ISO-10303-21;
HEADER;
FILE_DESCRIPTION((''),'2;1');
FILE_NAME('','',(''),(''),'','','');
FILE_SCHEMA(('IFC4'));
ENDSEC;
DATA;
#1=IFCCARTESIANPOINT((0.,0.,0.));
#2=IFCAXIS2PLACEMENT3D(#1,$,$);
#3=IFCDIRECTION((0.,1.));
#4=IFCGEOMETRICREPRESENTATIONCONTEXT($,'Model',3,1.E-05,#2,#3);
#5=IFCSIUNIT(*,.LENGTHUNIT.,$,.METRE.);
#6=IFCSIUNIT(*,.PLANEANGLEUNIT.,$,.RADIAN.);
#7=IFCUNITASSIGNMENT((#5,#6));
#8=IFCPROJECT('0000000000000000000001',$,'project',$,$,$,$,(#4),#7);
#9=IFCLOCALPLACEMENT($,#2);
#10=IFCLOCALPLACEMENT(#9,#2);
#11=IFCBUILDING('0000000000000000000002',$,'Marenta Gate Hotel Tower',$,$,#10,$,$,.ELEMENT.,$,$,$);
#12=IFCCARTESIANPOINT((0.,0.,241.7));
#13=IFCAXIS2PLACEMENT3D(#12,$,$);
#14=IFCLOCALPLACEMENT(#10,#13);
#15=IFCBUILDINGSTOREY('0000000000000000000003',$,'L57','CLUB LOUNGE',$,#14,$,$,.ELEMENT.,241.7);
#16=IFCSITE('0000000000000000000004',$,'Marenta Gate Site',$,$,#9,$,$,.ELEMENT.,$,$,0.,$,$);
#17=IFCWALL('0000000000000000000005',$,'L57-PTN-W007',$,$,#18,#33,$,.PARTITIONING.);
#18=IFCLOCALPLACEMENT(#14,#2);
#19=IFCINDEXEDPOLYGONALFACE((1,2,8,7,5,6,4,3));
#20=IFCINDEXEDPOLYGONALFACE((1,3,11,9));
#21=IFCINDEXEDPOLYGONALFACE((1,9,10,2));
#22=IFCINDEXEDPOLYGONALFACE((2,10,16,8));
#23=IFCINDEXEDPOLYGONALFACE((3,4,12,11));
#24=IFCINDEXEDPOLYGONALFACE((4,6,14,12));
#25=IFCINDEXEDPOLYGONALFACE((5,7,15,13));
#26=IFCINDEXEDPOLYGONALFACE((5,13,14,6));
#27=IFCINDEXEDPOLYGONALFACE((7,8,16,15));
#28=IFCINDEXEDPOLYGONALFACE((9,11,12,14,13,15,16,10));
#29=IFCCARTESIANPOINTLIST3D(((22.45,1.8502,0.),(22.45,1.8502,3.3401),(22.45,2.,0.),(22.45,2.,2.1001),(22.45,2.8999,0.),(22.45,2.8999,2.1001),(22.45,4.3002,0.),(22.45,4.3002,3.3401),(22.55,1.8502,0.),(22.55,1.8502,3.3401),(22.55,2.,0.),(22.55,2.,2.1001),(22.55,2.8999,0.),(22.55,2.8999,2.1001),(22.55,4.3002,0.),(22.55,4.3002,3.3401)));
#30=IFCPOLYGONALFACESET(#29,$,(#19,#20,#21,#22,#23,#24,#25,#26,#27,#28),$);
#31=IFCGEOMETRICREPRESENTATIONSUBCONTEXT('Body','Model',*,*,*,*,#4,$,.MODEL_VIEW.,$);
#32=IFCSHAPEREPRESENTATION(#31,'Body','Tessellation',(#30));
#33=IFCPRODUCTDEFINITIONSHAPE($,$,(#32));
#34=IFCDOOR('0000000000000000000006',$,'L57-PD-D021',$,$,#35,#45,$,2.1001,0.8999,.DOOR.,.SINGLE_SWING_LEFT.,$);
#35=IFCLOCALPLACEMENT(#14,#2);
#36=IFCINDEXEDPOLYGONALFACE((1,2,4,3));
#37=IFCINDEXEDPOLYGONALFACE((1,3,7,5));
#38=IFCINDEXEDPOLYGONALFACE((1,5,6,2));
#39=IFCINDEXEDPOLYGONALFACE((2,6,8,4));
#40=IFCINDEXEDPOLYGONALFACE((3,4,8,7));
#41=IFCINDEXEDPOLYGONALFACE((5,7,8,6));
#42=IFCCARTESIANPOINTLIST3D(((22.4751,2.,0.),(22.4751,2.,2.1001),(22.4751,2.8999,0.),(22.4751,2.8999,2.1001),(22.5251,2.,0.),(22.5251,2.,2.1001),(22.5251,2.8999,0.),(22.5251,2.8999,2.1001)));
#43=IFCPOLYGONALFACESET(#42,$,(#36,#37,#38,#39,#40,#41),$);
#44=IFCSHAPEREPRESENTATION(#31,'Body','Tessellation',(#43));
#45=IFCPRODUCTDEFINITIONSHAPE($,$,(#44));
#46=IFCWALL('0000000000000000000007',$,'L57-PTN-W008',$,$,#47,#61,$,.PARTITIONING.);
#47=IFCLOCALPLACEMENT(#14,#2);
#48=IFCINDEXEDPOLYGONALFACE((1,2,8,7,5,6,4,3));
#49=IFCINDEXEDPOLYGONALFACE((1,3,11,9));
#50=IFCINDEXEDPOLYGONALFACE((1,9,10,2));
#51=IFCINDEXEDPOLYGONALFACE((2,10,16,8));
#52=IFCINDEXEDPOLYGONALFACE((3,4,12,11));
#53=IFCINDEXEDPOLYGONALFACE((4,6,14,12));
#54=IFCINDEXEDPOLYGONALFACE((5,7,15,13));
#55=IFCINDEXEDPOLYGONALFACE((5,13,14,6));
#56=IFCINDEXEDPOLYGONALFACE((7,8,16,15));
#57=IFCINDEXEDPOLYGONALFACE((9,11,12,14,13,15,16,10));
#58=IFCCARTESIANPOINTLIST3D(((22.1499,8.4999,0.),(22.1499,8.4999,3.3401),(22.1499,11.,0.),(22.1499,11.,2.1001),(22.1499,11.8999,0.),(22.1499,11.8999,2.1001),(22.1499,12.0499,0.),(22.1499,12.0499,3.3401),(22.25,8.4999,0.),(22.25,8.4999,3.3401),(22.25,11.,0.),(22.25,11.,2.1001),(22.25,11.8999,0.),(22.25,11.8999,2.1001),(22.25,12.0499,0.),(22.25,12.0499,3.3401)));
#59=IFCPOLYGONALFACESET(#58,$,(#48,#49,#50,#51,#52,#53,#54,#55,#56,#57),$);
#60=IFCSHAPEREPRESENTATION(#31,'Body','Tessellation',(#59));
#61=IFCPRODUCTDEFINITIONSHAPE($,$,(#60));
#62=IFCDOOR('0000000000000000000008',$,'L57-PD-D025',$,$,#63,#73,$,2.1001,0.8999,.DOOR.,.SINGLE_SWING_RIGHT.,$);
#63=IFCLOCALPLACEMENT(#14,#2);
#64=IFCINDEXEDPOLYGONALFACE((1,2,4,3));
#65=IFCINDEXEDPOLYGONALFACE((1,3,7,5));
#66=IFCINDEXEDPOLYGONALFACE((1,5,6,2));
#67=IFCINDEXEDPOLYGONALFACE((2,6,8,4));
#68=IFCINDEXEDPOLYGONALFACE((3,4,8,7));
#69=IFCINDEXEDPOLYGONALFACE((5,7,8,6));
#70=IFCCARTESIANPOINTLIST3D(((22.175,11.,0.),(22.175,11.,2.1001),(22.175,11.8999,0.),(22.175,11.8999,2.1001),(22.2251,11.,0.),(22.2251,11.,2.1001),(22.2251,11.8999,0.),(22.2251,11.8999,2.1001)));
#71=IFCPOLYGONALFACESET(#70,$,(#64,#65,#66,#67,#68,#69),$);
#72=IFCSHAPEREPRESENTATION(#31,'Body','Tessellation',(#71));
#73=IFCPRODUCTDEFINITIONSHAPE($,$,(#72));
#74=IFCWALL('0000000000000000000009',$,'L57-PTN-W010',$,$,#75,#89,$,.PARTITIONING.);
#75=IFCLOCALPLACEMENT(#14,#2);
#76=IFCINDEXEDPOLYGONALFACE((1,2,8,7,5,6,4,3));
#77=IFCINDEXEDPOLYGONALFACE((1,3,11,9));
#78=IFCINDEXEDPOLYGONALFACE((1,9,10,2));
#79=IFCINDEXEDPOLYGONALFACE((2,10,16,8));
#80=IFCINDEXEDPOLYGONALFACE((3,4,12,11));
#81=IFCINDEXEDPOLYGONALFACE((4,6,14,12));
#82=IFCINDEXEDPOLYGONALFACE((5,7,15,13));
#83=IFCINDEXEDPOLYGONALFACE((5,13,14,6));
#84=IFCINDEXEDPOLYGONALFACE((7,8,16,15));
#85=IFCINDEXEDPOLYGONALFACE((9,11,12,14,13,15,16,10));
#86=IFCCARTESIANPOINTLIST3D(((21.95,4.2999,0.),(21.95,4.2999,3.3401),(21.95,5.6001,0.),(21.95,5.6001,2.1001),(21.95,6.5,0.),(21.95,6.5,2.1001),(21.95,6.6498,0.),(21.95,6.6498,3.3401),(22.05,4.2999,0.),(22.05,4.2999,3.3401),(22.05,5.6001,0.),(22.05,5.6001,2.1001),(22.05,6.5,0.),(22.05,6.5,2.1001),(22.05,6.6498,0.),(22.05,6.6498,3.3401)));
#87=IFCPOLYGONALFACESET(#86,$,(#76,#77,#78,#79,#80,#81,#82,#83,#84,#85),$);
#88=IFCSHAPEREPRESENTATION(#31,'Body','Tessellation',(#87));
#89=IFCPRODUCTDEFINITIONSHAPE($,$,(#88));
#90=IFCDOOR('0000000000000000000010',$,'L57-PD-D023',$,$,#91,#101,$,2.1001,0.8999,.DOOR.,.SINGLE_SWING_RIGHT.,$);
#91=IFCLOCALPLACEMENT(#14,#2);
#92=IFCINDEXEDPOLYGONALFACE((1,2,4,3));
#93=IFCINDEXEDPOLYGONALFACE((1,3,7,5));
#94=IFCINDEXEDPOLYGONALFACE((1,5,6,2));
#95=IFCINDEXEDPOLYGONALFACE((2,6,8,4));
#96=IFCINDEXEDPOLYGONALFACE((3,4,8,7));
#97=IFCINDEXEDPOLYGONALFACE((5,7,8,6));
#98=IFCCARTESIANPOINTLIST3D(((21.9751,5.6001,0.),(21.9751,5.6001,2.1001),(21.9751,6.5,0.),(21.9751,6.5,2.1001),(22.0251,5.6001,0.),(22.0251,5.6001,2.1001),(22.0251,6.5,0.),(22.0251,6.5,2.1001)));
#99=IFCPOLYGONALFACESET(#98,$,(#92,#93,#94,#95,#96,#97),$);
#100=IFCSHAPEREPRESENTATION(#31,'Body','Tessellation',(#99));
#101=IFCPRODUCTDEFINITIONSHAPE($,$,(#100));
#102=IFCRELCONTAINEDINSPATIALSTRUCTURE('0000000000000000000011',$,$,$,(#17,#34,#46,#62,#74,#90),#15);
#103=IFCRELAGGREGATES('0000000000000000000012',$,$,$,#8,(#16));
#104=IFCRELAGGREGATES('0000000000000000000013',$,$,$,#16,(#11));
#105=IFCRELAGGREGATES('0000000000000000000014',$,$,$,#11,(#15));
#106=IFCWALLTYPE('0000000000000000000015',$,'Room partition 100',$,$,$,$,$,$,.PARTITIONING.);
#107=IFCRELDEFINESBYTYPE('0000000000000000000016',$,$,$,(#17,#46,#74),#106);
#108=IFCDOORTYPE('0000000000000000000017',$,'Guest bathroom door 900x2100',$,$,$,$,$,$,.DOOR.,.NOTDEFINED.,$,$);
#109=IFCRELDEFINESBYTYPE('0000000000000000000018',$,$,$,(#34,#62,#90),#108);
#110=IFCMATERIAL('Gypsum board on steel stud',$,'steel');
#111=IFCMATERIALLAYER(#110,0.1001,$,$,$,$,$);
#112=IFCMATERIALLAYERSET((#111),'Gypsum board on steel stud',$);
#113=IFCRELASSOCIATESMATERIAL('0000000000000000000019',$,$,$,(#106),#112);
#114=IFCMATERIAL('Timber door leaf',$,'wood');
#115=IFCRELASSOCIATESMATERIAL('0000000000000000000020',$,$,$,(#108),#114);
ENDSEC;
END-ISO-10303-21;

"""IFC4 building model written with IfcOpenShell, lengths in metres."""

from ifc_helpers import new_model, si_unit, direction, frame, frame_2d, origin, place, context, subcontext, project, spatial, rectangle, extrude, material, layer, layer_set, type_object, element, fill, save


model = new_model("IFC4")

# Units and contexts
model_context = context("Model", 3, precision=1e-05, world=origin(), true_north=direction((0.0, 1.0)))
body_context = subcontext(model_context, "Body", "Model", "MODEL_VIEW")
ifc_project = project(units=[si_unit("LENGTHUNIT", "METRE"), si_unit("PLANEANGLEUNIT", "RADIAN")], contexts=[model_context])

# Site, building, storey
site_placement = place(None, origin())
site = spatial("IfcSite", under=ifc_project, at=site_placement, Name="Marenta Gate Site", CompositionType="ELEMENT", RefElevation=0.0)
building_placement = place(site_placement, origin())
building = spatial("IfcBuilding", under=site, at=building_placement, Name="Marenta Gate Hotel Tower", CompositionType="ELEMENT")
storey_placement = place(building_placement, frame((0.0, 0.0, 241.7)))
storey = spatial("IfcBuildingStorey", under=building, at=storey_placement, Name="L57", Description="CLUB LOUNGE", CompositionType="ELEMENT", Elevation=241.7)

# Walls, openings, doors
ifc_material_1 = material(Name="Gypsum board on steel stud", Category="steel")
ifc_layer_1 = layer(ifc_material_1, 0.1001)
ifc_layer_set_1 = layer_set([ifc_layer_1], Name="Gypsum board on steel stud")
wall_type = type_object("IfcWallType", Name="Room partition 100", PredefinedType="PARTITIONING", material=ifc_layer_set_1)
wall_1_placement = place(storey_placement, frame((22.5, 1.8501, 0.0), z_axis=(0.0, 0.0, 1.0), x_axis=(0.0, 1.0, 0.0)))
wall_1 = element("IfcWall", 1, at=wall_1_placement, inside=storey, type_object=wall_type, Name="L57-PTN-W007", PredefinedType="PARTITIONING", context=body_context, shape_type="SweptSolid", body=[
    extrude(rectangle(XDim=2.45, YDim=0.1001, at=frame_2d((1.2251, 0.0))), origin(), (0.0, 0.0, 1.0), 3.3401),
])
opening_1_placement = place(wall_1_placement, frame((0.1499, 0.0, 0.0)))
opening_1 = element("IfcOpeningElement", 2, at=opening_1_placement, cuts=wall_1, PredefinedType="OPENING", context=body_context, shape_type="SweptSolid", body=[
    extrude(rectangle(XDim=0.8999, YDim=2.1001, at=frame_2d((0.45, 1.05))), frame((0.0, 0.05, 0.0), z_axis=(0.0, -1.0, 0.0), x_axis=(1.0, 0.0, 0.0)), (0.0, 0.0, 1.0), 0.1001),
])
ifc_material_2 = material(Name="Timber door leaf", Category="wood")
door_type = type_object("IfcDoorType", Name="Guest bathroom door 900x2100", OperationType="NOTDEFINED", PredefinedType="DOOR", material=ifc_material_2)
door_1_placement = place(opening_1_placement, origin())
door_1 = element("IfcDoor", 3, at=door_1_placement, inside=storey, type_object=door_type, Name="L57-PD-D021", OperationType="SINGLE_SWING_LEFT", OverallHeight=2.1001, OverallWidth=0.8999, PredefinedType="DOOR", context=body_context, shape_type="SweptSolid", body=[
    extrude(rectangle(XDim=0.8999, YDim=2.1001, at=frame_2d((0.45, 1.05))), frame((0.0, 0.0249, 0.0), z_axis=(0.0, -1.0, 0.0), x_axis=(1.0, 0.0, 0.0)), (0.0, 0.0, 1.0), 0.05),
])
fill(opening_1, door_1)
wall_2_placement = place(storey_placement, frame((22.2, 8.5, 0.0), z_axis=(0.0, 0.0, 1.0), x_axis=(0.0, 1.0, 0.0)))
wall_2 = element("IfcWall", 4, at=wall_2_placement, inside=storey, type_object=wall_type, Name="L57-PTN-W008", PredefinedType="PARTITIONING", context=body_context, shape_type="SweptSolid", body=[
    extrude(rectangle(XDim=3.55, YDim=0.1001, at=frame_2d((1.7749, 0.0))), origin(), (0.0, 0.0, 1.0), 3.3401),
])
opening_2_placement = place(wall_2_placement, frame((2.5, 0.0, 0.0)))
opening_2 = element("IfcOpeningElement", 5, at=opening_2_placement, cuts=wall_2, PredefinedType="OPENING", context=body_context, shape_type="SweptSolid", body=[
    extrude(rectangle(XDim=0.8999, YDim=2.1001, at=frame_2d((0.45, 1.05))), frame((0.0, 0.05, 0.0), z_axis=(0.0, -1.0, 0.0), x_axis=(1.0, 0.0, 0.0)), (0.0, 0.0, 1.0), 0.1001),
])
door_2_placement = place(opening_2_placement, origin())
door_2 = element("IfcDoor", 6, at=door_2_placement, inside=storey, type_object=door_type, Name="L57-PD-D025", OperationType="SINGLE_SWING_RIGHT", OverallHeight=2.1001, OverallWidth=0.8999, PredefinedType="DOOR", context=body_context, shape_type="SweptSolid", body=[
    extrude(rectangle(XDim=0.8999, YDim=2.1001, at=frame_2d((0.45, 1.05))), frame((0.0, 0.0249, 0.0), z_axis=(0.0, -1.0, 0.0), x_axis=(1.0, 0.0, 0.0)), (0.0, 0.0, 1.0), 0.05),
])
fill(opening_2, door_2)
wall_3_placement = place(storey_placement, frame((22.0, 4.3, 0.0), z_axis=(0.0, 0.0, 1.0), x_axis=(0.0, 1.0, 0.0)))
wall_3 = element("IfcWall", 7, at=wall_3_placement, inside=storey, type_object=wall_type, Name="L57-PTN-W010", PredefinedType="PARTITIONING", context=body_context, shape_type="SweptSolid", body=[
    extrude(rectangle(XDim=2.3499, YDim=0.1001, at=frame_2d((1.1748, 0.0))), origin(), (0.0, 0.0, 1.0), 3.3401),
])
opening_3_placement = place(wall_3_placement, frame((1.3, 0.0, 0.0)))
opening_3 = element("IfcOpeningElement", 8, at=opening_3_placement, cuts=wall_3, PredefinedType="OPENING", context=body_context, shape_type="SweptSolid", body=[
    extrude(rectangle(XDim=0.8999, YDim=2.1001, at=frame_2d((0.45, 1.05))), frame((0.0, 0.05, 0.0), z_axis=(0.0, -1.0, 0.0), x_axis=(1.0, 0.0, 0.0)), (0.0, 0.0, 1.0), 0.1001),
])
door_3_placement = place(opening_3_placement, origin())
door_3 = element("IfcDoor", 9, at=door_3_placement, inside=storey, type_object=door_type, Name="L57-PD-D023", OperationType="SINGLE_SWING_RIGHT", OverallHeight=2.1001, OverallWidth=0.8999, PredefinedType="DOOR", context=body_context, shape_type="SweptSolid", body=[
    extrude(rectangle(XDim=0.8999, YDim=2.1001, at=frame_2d((0.45, 1.05))), frame((0.0, 0.0249, 0.0), z_axis=(0.0, -1.0, 0.0), x_axis=(1.0, 0.0, 0.0)), (0.0, 0.0, 1.0), 0.05),
])
fill(opening_3, door_3)

save(model, "model.ifc")
